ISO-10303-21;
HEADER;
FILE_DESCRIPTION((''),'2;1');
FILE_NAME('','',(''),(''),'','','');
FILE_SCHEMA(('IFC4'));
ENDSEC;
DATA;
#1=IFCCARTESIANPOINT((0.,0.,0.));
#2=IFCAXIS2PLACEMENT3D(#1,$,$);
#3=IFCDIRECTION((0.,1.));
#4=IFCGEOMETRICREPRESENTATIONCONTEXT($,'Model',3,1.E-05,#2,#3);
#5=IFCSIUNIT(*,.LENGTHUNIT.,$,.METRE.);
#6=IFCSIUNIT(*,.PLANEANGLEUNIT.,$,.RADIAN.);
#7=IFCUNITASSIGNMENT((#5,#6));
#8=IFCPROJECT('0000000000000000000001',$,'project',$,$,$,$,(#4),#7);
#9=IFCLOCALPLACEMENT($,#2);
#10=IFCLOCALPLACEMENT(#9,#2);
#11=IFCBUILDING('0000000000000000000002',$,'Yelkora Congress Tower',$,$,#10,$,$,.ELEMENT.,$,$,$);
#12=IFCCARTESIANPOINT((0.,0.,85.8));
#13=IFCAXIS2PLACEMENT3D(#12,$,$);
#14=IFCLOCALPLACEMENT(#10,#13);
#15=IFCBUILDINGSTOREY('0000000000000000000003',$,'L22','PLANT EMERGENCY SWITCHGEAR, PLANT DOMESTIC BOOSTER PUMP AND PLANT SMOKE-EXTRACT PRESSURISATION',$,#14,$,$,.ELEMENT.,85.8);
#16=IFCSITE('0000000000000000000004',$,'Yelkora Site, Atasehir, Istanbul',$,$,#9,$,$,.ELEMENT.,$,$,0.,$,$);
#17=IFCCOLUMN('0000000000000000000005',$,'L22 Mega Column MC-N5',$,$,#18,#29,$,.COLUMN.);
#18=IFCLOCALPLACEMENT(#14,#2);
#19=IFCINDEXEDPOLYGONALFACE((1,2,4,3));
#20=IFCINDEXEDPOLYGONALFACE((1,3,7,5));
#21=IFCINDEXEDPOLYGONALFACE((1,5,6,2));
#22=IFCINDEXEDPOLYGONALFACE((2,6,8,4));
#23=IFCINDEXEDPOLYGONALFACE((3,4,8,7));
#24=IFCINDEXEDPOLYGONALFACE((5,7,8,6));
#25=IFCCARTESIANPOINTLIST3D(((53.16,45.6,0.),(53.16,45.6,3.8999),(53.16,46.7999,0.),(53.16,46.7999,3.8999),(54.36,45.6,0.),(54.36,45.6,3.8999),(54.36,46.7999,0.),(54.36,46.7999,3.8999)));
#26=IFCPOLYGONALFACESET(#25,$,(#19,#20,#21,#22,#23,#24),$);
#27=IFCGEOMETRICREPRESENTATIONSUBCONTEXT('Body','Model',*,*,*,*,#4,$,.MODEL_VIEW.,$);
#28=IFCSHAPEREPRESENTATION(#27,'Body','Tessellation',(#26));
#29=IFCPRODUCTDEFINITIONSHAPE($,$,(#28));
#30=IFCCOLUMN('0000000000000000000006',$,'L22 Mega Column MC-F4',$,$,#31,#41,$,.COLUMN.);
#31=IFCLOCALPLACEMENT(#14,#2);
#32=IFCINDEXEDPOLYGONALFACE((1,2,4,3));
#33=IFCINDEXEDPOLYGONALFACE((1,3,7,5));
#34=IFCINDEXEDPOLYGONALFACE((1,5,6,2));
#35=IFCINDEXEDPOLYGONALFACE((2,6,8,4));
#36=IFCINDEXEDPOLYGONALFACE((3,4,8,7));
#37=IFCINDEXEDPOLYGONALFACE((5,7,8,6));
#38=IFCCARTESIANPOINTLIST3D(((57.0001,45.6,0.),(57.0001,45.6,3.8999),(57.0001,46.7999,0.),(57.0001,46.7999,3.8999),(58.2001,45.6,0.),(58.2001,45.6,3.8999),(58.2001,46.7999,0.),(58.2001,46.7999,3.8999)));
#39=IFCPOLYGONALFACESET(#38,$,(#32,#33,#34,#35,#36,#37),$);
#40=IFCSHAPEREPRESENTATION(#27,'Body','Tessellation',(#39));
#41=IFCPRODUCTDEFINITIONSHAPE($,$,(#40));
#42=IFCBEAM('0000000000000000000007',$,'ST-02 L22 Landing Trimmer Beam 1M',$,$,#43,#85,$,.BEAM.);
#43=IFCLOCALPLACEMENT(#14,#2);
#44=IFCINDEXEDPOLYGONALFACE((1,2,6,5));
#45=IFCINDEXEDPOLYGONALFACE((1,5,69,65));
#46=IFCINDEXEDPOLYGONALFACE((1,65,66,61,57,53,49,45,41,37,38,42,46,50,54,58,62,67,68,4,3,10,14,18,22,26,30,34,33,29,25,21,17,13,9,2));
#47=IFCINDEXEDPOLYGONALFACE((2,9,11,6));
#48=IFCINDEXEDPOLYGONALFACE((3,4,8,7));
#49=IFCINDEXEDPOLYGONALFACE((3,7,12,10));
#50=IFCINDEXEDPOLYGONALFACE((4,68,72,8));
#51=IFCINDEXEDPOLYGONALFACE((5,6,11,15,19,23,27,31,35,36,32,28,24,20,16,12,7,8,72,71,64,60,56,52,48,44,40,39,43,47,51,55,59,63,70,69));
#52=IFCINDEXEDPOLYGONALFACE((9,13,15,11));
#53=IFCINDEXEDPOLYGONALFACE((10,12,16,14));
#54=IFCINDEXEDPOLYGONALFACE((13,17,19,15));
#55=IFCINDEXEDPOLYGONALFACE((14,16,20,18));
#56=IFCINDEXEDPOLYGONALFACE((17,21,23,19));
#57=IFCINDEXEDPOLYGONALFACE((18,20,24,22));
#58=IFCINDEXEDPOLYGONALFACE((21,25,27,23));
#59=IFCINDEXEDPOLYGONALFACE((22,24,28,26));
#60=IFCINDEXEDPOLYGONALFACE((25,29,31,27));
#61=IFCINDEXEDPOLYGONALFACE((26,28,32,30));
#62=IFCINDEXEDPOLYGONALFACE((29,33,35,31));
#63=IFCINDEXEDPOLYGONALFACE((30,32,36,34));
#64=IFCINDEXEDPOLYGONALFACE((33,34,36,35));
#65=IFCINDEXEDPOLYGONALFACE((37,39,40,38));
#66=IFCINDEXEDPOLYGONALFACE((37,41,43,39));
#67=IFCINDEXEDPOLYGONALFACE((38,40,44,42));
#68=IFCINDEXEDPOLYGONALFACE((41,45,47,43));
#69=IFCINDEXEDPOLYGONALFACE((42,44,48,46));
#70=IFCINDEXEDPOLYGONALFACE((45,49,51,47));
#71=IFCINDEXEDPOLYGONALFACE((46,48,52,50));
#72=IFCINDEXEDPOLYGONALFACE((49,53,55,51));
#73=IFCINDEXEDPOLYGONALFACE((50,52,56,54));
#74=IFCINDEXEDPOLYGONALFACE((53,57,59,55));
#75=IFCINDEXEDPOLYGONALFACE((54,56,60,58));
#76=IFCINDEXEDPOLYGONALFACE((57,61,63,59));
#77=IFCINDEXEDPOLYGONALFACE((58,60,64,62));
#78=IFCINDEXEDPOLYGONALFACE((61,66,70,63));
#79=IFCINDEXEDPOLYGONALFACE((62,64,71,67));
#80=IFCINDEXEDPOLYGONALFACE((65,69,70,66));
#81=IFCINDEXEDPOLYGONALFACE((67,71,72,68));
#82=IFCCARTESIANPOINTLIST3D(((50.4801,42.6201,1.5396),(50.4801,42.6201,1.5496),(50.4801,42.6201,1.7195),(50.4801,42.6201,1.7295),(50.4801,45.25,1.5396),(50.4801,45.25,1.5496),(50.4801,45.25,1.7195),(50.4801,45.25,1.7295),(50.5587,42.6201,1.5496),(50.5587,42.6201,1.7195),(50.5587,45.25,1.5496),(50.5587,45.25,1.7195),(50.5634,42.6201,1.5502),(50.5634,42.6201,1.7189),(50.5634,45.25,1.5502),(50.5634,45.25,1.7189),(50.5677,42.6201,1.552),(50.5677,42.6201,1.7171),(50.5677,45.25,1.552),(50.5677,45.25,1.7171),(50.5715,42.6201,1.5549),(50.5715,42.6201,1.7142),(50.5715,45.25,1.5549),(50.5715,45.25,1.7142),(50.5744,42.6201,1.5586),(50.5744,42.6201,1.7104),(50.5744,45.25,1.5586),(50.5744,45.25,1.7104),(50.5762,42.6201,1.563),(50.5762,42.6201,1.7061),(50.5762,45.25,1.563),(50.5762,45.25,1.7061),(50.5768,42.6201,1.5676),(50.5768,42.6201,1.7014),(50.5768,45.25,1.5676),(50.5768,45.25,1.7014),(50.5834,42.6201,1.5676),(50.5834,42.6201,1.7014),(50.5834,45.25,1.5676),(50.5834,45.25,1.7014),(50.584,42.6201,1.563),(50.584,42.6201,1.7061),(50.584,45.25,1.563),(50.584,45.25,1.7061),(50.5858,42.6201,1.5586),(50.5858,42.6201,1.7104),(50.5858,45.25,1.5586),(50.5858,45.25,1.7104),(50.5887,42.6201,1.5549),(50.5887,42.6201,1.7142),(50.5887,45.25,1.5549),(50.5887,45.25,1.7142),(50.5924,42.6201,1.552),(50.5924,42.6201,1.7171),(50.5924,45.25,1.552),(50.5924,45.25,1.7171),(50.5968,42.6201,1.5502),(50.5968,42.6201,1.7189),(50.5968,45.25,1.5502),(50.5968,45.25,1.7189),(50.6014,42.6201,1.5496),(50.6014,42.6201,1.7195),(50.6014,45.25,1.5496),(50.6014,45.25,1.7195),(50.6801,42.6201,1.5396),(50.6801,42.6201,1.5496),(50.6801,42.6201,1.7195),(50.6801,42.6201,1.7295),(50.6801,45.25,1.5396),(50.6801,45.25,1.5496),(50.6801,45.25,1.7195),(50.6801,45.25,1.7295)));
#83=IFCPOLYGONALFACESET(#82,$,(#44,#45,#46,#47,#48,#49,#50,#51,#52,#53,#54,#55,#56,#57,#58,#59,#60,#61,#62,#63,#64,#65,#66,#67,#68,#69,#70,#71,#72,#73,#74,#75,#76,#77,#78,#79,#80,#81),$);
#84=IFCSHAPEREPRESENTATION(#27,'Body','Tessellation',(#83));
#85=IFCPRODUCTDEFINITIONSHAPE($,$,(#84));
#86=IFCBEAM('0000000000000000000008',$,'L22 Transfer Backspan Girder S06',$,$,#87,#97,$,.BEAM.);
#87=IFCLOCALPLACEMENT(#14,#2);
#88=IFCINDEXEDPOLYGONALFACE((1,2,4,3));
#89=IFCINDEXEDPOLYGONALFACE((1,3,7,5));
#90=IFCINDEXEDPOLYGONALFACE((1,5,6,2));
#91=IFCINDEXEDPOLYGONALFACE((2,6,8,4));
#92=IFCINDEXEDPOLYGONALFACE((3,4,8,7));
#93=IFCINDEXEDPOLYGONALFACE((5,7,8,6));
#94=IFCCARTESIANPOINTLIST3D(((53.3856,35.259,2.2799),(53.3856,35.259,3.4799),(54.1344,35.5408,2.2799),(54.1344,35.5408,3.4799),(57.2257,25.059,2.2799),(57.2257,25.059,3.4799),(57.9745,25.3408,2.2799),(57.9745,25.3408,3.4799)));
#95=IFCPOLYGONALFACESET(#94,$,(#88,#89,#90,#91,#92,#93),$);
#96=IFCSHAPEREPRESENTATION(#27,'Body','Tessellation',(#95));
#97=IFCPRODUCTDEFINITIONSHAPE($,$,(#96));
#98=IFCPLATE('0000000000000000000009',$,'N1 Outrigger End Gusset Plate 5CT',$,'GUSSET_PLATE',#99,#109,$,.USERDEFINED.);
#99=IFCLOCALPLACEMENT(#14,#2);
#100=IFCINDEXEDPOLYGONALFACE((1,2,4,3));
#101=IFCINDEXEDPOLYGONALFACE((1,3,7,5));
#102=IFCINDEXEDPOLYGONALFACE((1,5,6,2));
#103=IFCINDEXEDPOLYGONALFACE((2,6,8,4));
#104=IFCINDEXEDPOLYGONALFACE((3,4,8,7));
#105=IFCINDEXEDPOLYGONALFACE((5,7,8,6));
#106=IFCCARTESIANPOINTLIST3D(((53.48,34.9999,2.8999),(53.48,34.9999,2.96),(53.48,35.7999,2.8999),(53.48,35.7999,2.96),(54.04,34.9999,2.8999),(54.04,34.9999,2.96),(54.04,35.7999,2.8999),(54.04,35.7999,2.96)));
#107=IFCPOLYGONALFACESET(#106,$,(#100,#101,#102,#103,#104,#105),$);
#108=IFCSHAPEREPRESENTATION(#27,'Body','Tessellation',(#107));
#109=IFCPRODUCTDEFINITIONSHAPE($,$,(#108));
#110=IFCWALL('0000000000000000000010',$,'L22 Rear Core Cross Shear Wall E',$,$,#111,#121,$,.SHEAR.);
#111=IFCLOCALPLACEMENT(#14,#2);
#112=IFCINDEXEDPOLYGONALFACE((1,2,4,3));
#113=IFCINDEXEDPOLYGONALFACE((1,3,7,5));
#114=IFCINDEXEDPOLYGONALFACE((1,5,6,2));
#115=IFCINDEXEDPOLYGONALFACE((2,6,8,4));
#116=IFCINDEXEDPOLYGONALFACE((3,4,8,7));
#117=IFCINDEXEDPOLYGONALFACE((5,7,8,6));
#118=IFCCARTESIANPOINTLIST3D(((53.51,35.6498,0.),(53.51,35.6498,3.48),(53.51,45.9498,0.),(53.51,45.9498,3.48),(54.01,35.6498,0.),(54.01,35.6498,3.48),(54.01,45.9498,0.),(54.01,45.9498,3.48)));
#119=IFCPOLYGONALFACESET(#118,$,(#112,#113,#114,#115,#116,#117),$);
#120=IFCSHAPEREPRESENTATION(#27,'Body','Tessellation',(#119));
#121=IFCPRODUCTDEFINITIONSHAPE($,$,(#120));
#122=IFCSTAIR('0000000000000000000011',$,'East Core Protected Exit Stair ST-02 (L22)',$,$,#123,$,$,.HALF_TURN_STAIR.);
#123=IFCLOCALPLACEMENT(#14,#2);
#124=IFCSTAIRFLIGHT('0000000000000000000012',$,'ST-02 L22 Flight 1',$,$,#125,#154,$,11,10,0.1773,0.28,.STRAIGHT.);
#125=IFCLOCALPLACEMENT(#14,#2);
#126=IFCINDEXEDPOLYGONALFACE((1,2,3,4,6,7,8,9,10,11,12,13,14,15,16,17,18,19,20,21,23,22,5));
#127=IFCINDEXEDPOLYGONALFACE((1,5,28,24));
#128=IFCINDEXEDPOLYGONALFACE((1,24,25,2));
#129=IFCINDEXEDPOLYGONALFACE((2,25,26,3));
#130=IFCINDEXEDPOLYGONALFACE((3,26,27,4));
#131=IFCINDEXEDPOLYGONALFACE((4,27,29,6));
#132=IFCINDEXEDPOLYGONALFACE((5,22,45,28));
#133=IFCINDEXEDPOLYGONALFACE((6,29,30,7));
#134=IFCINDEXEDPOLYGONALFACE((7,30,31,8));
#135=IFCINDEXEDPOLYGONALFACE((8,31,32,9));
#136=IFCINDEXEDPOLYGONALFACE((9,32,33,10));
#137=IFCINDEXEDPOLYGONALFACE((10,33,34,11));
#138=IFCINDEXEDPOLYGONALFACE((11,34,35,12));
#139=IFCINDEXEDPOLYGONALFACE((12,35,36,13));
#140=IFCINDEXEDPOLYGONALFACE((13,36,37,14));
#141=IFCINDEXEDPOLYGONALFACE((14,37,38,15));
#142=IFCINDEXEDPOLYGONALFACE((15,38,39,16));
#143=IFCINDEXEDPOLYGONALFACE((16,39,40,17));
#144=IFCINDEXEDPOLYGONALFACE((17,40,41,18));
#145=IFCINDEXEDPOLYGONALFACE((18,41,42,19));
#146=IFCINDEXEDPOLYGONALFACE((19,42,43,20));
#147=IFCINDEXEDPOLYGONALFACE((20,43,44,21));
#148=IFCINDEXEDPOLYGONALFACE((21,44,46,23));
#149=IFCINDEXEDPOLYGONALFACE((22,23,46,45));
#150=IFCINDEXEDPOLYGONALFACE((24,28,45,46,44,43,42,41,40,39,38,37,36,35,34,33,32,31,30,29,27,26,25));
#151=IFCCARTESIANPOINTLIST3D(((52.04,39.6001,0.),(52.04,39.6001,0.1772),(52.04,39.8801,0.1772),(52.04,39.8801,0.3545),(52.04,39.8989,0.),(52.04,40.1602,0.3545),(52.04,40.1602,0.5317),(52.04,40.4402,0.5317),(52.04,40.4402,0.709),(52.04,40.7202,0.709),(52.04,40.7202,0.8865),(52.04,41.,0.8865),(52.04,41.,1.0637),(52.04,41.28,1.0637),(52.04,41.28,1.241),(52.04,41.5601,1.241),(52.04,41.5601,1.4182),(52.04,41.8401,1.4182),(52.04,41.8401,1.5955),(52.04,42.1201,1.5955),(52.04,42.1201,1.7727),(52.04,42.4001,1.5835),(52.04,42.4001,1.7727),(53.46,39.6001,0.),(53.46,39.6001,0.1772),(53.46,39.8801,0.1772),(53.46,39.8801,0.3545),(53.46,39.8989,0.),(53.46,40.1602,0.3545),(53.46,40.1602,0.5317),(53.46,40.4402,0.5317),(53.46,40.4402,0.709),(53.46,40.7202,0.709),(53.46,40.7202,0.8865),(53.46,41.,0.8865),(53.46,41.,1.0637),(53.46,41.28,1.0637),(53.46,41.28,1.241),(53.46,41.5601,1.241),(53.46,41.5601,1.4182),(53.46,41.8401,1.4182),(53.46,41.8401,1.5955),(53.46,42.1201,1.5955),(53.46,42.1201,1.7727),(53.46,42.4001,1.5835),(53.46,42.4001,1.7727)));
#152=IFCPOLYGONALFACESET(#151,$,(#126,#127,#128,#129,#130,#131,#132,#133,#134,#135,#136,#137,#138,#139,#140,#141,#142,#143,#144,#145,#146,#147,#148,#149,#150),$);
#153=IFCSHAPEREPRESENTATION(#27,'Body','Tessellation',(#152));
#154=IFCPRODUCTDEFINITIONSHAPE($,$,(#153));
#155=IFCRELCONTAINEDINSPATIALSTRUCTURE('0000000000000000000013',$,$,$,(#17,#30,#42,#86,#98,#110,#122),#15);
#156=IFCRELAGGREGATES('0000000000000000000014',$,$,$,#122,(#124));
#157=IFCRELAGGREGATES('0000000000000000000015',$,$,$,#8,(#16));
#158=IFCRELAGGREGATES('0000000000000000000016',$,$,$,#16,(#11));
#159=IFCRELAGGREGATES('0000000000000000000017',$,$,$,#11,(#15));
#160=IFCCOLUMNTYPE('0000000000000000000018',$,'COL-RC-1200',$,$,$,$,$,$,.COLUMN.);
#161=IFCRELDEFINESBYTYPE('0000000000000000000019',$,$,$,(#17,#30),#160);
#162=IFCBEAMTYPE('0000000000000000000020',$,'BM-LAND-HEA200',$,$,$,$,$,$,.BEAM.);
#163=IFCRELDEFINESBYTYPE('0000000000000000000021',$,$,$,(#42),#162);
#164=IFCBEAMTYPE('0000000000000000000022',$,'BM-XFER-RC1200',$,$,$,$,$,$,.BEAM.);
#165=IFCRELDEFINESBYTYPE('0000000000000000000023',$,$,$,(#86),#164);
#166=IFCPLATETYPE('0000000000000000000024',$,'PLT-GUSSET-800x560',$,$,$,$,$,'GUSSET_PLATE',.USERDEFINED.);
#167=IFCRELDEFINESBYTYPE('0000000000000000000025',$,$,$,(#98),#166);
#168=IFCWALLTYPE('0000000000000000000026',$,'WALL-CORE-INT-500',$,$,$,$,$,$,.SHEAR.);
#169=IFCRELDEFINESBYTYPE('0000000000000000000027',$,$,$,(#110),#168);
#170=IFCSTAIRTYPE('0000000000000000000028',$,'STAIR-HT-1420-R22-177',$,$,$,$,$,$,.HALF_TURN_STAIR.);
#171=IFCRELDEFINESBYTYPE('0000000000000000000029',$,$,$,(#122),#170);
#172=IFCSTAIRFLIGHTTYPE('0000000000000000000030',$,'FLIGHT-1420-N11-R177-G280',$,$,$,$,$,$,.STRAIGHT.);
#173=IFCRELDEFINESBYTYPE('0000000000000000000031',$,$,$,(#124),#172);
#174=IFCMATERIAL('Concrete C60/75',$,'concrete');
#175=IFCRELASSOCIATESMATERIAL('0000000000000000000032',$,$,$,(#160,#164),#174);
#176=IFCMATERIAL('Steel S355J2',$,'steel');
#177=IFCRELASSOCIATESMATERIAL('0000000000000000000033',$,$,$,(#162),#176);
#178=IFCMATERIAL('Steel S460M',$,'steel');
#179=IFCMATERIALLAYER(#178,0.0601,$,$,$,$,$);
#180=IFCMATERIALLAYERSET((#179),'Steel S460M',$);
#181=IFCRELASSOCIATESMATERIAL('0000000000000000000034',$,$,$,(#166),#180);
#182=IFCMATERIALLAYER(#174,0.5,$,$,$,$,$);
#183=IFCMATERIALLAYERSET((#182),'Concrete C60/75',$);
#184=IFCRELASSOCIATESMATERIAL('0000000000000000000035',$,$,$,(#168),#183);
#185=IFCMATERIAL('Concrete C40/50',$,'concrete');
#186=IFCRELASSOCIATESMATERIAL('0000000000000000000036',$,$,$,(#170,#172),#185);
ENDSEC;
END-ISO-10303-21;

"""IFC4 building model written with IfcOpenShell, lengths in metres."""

from ifc_helpers import new_model, si_unit, direction, frame, frame_2d, origin, origin_2d, place, context, subcontext, project, spatial, polyline, rectangle, i_section, outline, extrude, material, layer, layer_set, material_profile, profile_set, type_object, element, aggregate, save


model = new_model("IFC4")

# Units and contexts
model_context = context("Model", 3, precision=1e-05, world=origin(), true_north=direction((0.0, 1.0)))
body_context = subcontext(model_context, "Body", "Model", "MODEL_VIEW")
ifc_project = project(units=[si_unit("LENGTHUNIT", "METRE"), si_unit("PLANEANGLEUNIT", "RADIAN")], contexts=[model_context])

# Site, building, storey
site_placement = place(None, origin())
site = spatial("IfcSite", under=ifc_project, at=site_placement, Name="Yelkora Site, Atasehir, Istanbul", CompositionType="ELEMENT", RefElevation=0.0)
building_placement = place(site_placement, origin())
building = spatial("IfcBuilding", under=site, at=building_placement, Name="Yelkora Congress Tower", CompositionType="ELEMENT")
storey_placement = place(building_placement, frame((0.0, 0.0, 85.8)))
storey = spatial("IfcBuildingStorey", under=building, at=storey_placement, Name="L22", Description="PLANT EMERGENCY SWITCHGEAR, PLANT DOMESTIC BOOSTER PUMP AND PLANT SMOKE-EXTRACT PRESSURISATION", CompositionType="ELEMENT", Elevation=85.8)

# Columns
ifc_material_1 = material(Name="Concrete C60/75", Category="concrete")
ifc_material_profile_1 = material_profile(ifc_material_1, rectangle(XDim=1.2, YDim=1.2, at=origin_2d()), Name="RC 1200x1200")
ifc_profile_set_1 = profile_set([ifc_material_profile_1], Name="Concrete C60/75")
column_type = type_object("IfcColumnType", Name="COL-RC-1200", PredefinedType="COLUMN", material=ifc_profile_set_1)
for number, where, z_axis, x_axis, name in (
    (1, (53.76, 46.2, 0.0), (0.0, 0.0, 1.0), (1.0, 0.0, 0.0), "L22 Mega Column MC-N5"),
    (2, (57.6001, 46.2, 0.0), (0.0, 0.0, 1.0), (1.0, 0.0, 0.0), "L22 Mega Column MC-F4"),
):
    element("IfcColumn", number, at=place(storey_placement, frame(where, z_axis=z_axis, x_axis=x_axis)), inside=storey, type_object=column_type, Name=name, PredefinedType="COLUMN", context=body_context, shape_type="SweptSolid", body=[
        extrude(rectangle(XDim=1.2, YDim=1.2, at=origin_2d()), origin(), (0.0, 0.0, 1.0), 3.8999),
    ])

# Beams
ifc_material_2 = material(Name="Steel S355J2", Category="steel")
ifc_material_profile_2 = material_profile(ifc_material_2, i_section(OverallWidth=0.2, OverallDepth=0.1899, WebThickness=0.0066, FlangeThickness=0.01, FilletRadius=0.0181, at=origin_2d()), Name="HEA 200")
ifc_profile_set_2 = profile_set([ifc_material_profile_2], Name="Steel S355J2")
beam_type_1 = type_object("IfcBeamType", Name="BM-LAND-HEA200", PredefinedType="BEAM", material=ifc_profile_set_2)
beam_1_placement = place(storey_placement, frame((50.5801, 42.6201, 1.6345), z_axis=(0.0, 1.0, 0.0), x_axis=(-1.0, 0.0, 0.0)))
element("IfcBeam", 3, at=beam_1_placement, inside=storey, type_object=beam_type_1, Name="ST-02 L22 Landing Trimmer Beam 1M", PredefinedType="BEAM", context=body_context, shape_type="SweptSolid", body=[
    extrude(i_section(OverallWidth=0.2, OverallDepth=0.1899, WebThickness=0.0066, FlangeThickness=0.01, FilletRadius=0.0181, at=origin_2d()), origin(), (0.0, 0.0, 1.0), 2.6299),
])
ifc_material_profile_3 = material_profile(ifc_material_1, rectangle(XDim=0.8, YDim=1.2, at=origin_2d()), Name="RC 800x1200")
ifc_profile_set_3 = profile_set([ifc_material_profile_3], Name="Concrete C60/75")
beam_type_2 = type_object("IfcBeamType", Name="BM-XFER-RC1200", PredefinedType="BEAM", material=ifc_profile_set_3)
beam_2_placement = place(storey_placement, frame((53.76, 35.3999, 2.8799), z_axis=(0.352338, -0.935873, 0.0), x_axis=(0.935873, 0.352338, 0.0)))
element("IfcBeam", 4, at=beam_2_placement, inside=storey, type_object=beam_type_2, Name="L22 Transfer Backspan Girder S06", PredefinedType="BEAM", context=body_context, shape_type="SweptSolid", body=[
    extrude(rectangle(XDim=0.8, YDim=1.2, at=origin_2d()), origin(), (0.0, 0.0, 1.0), 10.8989),
])

# Plate
ifc_material_3 = material(Name="Steel S460M", Category="steel")
ifc_layer_1 = layer(ifc_material_3, 0.0601)
ifc_layer_set_1 = layer_set([ifc_layer_1], Name="Steel S460M")
plate_type = type_object("IfcPlateType", Name="PLT-GUSSET-800x560", ElementType="GUSSET_PLATE", PredefinedType="USERDEFINED", material=ifc_layer_set_1)
plate_placement = place(storey_placement, frame((53.76, 35.3999, 2.8999), z_axis=(0.0, 0.0, 1.0), x_axis=(0.0, 1.0, 0.0)))
element("IfcPlate", 5, at=plate_placement, inside=storey, type_object=plate_type, Name="N1 Outrigger End Gusset Plate 5CT", ObjectType="GUSSET_PLATE", PredefinedType="USERDEFINED", context=body_context, shape_type="SweptSolid", body=[
    extrude(rectangle(XDim=0.8, YDim=0.5601, at=origin_2d()), origin(), (0.0, 0.0, 1.0), 0.0601),
])

# Wall
ifc_layer_2 = layer(ifc_material_1, 0.5)
ifc_layer_set_2 = layer_set([ifc_layer_2], Name="Concrete C60/75")
wall_type_1 = type_object("IfcWallType", Name="WALL-CORE-INT-500", PredefinedType="SHEAR", material=ifc_layer_set_2)
wall_1_placement = place(storey_placement, frame((53.76, 35.6499, 0.0), z_axis=(0.0, 0.0, 1.0), x_axis=(0.0, 1.0, 0.0)))
element("IfcWall", 6, at=wall_1_placement, inside=storey, type_object=wall_type_1, Name="L22 Rear Core Cross Shear Wall E", PredefinedType="SHEAR", context=body_context, shape_type="SweptSolid", body=[
    extrude(rectangle(XDim=10.3, YDim=0.5, at=frame_2d((5.1499, 0.0))), origin(), (0.0, 0.0, 1.0), 3.48),
])

# Stair, stair flight
ifc_material_4 = material(Name="Concrete C40/50", Category="concrete")
stair_type = type_object("IfcStairType", Name="STAIR-HT-1420-R22-177", PredefinedType="HALF_TURN_STAIR", material=ifc_material_4)
stair_placement = place(storey_placement, origin())
stair = element("IfcStair", 7, at=stair_placement, inside=storey, type_object=stair_type, Name="East Core Protected Exit Stair ST-02 (L22)", PredefinedType="HALF_TURN_STAIR")
stair_flight_type = type_object("IfcStairFlightType", Name="FLIGHT-1420-N11-R177-G280", PredefinedType="STRAIGHT", material=ifc_material_4)
stair_flight_1_placement = place(storey_placement, frame((52.75, 39.6001, 0.0), z_axis=(0.0, 0.0, 1.0), x_axis=(0.0, 1.0, 0.0)))
stair_flight_1 = element("IfcStairFlight", 8, at=stair_flight_1_placement, type_object=stair_flight_type, Name="ST-02 L22 Flight 1", NumberOfRisers=11, NumberOfTreads=10, PredefinedType="STRAIGHT", RiserHeight=0.1773, TreadLength=0.28, context=body_context, shape_type="SweptSolid", body=[
    extrude(outline(polyline([(0.0, 0.0), (0.0, 0.1772), (0.28, 0.1772), (0.28, 0.3545), (0.5601, 0.3545), (0.5601, 0.5317), (0.8401, 0.5317), (0.8401, 0.709), (1.1201, 0.709), (1.1201, 0.8865), (1.3999, 0.8865), (1.3999, 1.0637), (1.6799, 1.0637), (1.6799, 1.241), (1.96, 1.241), (1.96, 1.4182), (2.24, 1.4182), (2.24, 1.5955), (2.52, 1.5955), (2.52, 1.7727), (2.8, 1.7727), (2.8, 1.95), (2.8, 1.5835), (0.2988, 0.0), (0.0, 0.0)])), frame((0.0, 0.71, 0.0), z_axis=(0.0, -1.0, 0.0), x_axis=(1.0, 0.0, 0.0)), (0.0, 0.0, 1.0), 1.4199),
])
aggregate(stair, [stair_flight_1])

save(model, "model.ifc")
